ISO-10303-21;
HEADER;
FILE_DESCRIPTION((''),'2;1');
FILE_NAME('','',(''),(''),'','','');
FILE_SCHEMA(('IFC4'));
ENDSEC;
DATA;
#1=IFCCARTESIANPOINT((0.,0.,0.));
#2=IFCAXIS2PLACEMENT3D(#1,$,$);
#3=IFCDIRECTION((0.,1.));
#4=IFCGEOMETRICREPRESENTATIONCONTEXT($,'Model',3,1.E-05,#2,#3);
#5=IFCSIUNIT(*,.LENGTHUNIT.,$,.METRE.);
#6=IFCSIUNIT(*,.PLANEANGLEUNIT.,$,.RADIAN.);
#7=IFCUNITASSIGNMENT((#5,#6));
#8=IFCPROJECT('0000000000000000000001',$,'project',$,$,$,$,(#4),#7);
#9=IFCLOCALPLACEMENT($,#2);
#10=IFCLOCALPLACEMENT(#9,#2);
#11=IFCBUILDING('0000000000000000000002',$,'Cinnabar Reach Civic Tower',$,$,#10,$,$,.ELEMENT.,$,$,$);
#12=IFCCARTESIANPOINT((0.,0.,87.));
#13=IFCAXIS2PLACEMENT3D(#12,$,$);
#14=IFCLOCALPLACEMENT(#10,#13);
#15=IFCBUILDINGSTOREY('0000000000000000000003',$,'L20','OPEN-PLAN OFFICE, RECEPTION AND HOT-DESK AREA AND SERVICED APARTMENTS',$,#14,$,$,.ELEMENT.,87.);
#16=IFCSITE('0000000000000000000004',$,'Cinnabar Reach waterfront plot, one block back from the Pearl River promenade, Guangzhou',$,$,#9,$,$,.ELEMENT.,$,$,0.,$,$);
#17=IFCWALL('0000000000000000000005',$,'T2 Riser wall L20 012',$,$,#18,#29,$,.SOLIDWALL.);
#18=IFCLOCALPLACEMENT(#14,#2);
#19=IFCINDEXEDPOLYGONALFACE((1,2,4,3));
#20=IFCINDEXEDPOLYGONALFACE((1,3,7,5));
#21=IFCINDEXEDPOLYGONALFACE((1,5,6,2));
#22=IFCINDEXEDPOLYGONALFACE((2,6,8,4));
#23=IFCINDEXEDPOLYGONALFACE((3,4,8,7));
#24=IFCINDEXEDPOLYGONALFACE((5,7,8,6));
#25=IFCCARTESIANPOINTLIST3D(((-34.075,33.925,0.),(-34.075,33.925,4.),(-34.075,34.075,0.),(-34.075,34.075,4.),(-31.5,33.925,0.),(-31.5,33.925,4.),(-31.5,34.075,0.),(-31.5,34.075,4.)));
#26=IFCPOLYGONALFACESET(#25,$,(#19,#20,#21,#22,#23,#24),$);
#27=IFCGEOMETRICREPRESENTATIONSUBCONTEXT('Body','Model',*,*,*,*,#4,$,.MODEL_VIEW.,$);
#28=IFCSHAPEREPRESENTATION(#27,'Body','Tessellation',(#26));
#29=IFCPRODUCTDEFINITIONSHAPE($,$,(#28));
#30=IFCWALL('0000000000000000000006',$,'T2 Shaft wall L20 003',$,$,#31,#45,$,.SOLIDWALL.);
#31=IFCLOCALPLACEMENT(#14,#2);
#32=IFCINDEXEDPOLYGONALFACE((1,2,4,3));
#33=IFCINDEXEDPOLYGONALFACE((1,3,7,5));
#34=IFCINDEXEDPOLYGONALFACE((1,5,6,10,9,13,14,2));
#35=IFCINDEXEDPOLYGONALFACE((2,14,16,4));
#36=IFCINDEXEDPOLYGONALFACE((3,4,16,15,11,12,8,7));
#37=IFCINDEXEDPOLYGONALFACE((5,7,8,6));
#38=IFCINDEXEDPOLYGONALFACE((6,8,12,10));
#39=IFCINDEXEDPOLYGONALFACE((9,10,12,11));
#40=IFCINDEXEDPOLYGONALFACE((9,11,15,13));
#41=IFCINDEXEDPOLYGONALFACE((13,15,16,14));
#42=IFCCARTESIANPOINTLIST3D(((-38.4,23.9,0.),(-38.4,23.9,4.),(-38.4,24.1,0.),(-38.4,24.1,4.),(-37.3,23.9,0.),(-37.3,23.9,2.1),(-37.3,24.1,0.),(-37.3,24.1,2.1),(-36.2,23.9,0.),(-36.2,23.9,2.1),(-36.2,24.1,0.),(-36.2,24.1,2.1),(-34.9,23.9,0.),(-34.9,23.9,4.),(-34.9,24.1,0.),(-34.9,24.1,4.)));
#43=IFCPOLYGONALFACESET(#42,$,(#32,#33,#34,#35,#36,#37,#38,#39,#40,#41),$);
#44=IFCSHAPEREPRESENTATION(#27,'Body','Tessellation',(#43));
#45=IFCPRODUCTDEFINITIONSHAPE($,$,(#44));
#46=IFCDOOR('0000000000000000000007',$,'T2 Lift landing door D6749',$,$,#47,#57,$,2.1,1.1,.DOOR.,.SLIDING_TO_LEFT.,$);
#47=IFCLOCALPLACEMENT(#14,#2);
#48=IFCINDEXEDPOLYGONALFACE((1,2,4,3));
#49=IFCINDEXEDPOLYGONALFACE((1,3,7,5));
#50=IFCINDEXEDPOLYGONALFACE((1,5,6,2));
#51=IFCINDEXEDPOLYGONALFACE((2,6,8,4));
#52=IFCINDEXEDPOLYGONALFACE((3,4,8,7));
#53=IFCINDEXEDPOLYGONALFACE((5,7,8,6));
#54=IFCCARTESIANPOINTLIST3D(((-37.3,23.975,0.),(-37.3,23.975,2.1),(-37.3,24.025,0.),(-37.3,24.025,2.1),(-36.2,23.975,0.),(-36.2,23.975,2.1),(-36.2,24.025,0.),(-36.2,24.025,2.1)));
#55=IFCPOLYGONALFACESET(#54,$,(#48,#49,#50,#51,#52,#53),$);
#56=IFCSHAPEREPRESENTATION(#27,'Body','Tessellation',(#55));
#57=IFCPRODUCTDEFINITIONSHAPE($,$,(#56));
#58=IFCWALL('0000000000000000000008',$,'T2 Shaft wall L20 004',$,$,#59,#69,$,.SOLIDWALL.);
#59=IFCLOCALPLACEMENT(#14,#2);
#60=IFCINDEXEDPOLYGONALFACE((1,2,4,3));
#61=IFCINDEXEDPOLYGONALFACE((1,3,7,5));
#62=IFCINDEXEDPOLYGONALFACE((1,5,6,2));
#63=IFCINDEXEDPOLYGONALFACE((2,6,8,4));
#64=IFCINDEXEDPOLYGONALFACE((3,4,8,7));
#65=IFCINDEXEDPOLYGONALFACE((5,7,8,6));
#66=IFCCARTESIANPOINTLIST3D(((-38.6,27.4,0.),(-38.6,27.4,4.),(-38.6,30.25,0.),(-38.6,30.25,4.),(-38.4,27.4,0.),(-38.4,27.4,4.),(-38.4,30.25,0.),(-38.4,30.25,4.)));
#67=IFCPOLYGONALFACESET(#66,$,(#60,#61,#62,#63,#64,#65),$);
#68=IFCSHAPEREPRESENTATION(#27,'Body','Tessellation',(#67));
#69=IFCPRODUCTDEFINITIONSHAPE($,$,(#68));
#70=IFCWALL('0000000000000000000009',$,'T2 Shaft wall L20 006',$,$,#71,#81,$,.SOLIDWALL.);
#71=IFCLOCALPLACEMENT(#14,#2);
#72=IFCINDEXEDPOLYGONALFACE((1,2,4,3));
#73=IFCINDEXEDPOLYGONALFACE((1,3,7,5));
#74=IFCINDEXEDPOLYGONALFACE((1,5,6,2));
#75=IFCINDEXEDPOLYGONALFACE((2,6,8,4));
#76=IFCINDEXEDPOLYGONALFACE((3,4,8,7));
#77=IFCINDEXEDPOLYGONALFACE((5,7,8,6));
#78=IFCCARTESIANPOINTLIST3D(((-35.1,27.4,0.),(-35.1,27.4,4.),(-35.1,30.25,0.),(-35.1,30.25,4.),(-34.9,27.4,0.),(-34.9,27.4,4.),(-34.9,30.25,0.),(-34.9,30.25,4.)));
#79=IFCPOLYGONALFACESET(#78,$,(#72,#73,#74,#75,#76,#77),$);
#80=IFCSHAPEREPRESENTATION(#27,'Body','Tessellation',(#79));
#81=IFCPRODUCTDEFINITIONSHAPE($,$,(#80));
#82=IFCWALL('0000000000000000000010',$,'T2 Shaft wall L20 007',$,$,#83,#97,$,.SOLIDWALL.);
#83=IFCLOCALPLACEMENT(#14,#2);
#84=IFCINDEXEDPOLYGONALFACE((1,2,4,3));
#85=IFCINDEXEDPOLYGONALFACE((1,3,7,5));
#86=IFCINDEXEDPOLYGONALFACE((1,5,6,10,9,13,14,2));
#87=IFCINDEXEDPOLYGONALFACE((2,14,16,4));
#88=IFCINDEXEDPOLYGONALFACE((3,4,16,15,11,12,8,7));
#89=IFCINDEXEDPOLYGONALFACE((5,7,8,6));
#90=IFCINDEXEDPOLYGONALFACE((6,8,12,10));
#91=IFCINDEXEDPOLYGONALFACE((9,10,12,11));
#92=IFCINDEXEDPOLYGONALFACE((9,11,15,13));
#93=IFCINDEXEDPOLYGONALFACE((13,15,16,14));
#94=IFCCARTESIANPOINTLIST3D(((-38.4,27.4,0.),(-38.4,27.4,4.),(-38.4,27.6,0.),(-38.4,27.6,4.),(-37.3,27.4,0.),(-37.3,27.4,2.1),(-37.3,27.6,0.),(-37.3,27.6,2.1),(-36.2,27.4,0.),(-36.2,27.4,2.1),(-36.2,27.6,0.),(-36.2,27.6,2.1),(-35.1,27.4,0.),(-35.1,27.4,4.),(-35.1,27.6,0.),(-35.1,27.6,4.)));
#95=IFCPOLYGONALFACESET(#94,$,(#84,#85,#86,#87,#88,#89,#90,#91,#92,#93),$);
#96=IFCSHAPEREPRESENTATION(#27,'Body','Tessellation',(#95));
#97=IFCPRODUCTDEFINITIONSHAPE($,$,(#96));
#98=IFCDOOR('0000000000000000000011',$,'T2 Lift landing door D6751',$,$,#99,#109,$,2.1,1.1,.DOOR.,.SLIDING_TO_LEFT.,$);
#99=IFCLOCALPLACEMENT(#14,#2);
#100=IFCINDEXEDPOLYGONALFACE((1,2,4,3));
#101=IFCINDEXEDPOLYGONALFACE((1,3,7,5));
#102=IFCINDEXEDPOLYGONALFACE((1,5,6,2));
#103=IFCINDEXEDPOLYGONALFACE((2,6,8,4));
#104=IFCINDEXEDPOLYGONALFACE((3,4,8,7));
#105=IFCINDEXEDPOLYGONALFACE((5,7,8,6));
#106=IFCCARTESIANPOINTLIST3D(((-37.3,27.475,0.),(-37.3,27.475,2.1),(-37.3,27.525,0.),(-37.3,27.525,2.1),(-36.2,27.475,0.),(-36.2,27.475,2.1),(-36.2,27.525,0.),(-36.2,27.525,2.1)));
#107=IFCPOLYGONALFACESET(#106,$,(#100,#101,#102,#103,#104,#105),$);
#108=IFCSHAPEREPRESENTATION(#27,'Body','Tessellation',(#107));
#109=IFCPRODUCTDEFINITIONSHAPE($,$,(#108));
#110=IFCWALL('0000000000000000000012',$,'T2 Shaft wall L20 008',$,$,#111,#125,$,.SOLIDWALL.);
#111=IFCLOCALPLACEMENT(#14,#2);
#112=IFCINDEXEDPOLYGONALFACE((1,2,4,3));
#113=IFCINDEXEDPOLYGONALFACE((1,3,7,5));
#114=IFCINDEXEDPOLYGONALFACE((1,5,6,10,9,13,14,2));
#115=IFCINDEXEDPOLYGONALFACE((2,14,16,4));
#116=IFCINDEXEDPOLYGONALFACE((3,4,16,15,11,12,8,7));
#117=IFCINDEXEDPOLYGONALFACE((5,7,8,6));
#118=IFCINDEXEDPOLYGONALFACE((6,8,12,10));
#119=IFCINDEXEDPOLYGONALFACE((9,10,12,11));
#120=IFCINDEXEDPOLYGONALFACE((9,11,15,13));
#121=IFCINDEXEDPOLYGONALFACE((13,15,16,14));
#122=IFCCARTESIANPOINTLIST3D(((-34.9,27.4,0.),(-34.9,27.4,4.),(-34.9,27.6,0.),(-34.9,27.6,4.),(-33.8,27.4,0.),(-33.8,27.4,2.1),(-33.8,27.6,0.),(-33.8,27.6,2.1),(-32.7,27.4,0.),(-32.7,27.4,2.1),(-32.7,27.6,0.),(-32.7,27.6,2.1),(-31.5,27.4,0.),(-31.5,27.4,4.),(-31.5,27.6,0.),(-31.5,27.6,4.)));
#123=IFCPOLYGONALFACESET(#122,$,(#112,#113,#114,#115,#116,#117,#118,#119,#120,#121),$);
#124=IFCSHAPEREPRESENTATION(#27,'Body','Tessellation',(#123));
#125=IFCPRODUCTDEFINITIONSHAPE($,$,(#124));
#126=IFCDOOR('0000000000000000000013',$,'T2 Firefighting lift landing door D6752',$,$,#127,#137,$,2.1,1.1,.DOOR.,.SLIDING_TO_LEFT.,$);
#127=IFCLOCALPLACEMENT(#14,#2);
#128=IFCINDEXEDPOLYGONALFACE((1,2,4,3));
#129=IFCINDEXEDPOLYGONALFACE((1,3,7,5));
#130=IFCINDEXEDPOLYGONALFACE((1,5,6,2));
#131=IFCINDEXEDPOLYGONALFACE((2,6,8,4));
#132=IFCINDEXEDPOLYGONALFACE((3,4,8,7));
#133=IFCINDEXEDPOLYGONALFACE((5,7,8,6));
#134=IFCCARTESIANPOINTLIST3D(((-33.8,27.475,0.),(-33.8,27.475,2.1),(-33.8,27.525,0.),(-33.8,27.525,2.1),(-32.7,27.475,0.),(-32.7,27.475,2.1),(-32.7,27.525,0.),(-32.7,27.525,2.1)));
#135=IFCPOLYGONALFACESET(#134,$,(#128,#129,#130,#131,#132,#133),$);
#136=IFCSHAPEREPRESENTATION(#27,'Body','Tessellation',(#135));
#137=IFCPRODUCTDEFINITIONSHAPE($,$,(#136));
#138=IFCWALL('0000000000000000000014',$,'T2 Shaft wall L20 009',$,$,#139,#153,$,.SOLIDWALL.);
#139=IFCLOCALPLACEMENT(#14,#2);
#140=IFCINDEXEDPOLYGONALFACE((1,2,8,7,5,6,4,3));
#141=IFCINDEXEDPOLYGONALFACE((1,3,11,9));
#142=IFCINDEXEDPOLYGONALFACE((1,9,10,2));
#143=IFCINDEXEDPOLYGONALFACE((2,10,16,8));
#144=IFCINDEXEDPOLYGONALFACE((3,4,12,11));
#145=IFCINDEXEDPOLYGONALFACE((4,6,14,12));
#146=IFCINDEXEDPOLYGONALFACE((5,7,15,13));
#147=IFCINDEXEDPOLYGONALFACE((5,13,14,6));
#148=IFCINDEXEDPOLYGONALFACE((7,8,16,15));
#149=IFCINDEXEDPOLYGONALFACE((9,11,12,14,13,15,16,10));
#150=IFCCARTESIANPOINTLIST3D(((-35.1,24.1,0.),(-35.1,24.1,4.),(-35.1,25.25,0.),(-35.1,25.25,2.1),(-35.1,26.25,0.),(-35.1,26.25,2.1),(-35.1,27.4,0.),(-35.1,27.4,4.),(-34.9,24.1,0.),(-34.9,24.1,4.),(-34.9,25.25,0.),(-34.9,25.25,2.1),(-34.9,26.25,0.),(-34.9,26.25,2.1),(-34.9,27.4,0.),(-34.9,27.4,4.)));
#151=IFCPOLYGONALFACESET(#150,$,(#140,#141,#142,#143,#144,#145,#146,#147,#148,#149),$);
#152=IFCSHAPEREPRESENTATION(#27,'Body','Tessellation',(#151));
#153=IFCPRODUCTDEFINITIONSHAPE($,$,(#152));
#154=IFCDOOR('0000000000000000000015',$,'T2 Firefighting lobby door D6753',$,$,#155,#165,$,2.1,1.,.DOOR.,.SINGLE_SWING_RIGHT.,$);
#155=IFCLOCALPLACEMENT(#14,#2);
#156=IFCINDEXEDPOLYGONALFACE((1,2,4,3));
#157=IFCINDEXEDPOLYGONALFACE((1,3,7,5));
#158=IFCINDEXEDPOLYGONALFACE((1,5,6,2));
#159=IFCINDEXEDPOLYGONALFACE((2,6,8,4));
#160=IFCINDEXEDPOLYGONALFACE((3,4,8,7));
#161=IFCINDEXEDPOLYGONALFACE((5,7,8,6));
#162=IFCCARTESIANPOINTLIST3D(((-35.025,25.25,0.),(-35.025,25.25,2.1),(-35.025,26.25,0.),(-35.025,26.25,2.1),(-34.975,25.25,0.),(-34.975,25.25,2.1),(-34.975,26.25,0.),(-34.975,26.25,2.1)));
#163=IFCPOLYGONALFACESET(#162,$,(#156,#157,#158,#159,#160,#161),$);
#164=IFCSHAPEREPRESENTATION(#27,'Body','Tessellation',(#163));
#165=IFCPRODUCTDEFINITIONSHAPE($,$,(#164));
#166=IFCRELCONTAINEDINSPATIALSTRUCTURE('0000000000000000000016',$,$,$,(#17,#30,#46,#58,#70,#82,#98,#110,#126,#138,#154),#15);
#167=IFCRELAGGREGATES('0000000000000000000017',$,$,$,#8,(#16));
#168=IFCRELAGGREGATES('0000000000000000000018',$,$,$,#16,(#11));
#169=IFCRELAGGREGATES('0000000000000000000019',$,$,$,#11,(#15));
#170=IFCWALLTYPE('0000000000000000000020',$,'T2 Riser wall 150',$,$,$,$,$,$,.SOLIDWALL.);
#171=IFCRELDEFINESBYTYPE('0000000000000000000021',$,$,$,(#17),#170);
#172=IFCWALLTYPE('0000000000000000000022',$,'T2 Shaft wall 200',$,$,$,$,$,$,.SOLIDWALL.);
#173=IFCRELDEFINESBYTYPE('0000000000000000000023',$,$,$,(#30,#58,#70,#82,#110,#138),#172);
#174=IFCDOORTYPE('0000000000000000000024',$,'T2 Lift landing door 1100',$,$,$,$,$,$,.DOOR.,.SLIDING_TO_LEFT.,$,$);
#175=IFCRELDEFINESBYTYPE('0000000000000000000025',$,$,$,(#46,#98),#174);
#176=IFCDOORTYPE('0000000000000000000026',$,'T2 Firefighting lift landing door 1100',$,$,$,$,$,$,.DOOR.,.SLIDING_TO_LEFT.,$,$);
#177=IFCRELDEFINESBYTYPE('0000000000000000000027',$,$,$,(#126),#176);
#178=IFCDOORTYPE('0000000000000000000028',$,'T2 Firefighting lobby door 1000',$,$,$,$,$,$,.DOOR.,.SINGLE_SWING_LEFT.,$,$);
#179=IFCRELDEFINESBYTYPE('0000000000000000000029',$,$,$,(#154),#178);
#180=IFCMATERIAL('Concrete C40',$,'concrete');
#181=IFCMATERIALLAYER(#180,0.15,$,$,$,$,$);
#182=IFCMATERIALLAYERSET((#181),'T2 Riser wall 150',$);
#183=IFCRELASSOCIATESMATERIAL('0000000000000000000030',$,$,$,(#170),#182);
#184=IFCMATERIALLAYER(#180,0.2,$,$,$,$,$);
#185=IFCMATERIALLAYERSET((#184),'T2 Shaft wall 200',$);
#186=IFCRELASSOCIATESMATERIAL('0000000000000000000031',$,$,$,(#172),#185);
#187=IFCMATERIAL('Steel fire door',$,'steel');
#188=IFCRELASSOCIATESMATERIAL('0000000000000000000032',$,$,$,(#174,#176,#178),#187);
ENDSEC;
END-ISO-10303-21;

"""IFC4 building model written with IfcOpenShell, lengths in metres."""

from ifc_helpers import new_model, si_unit, direction, frame, frame_2d, origin, place, context, subcontext, project, spatial, rectangle, extrude, material, layer, layer_set, type_object, element, fill, save


model = new_model("IFC4")

# Units and contexts
model_context = context("Model", 3, precision=1e-05, world=origin(), true_north=direction((0.0, 1.0)))
body_context = subcontext(model_context, "Body", "Model", "MODEL_VIEW")
ifc_project = project(units=[si_unit("LENGTHUNIT", "METRE"), si_unit("PLANEANGLEUNIT", "RADIAN")], contexts=[model_context])

# Site, building, storey
site_placement = place(None, origin())
site = spatial("IfcSite", under=ifc_project, at=site_placement, Name="Cinnabar Reach waterfront plot, one block back from the Pearl River promenade, Guangzhou", CompositionType="ELEMENT", RefElevation=0.0)
building_placement = place(site_placement, origin())
building = spatial("IfcBuilding", under=site, at=building_placement, Name="Cinnabar Reach Civic Tower", CompositionType="ELEMENT")
storey_placement = place(building_placement, frame((0.0, 0.0, 87.0)))
storey = spatial("IfcBuildingStorey", under=building, at=storey_placement, Name="L20", Description="OPEN-PLAN OFFICE, RECEPTION AND HOT-DESK AREA AND SERVICED APARTMENTS", CompositionType="ELEMENT", Elevation=87.0)

# Shared definitions
ifc_material_1 = material(Name="Steel fire door", Category="steel")

# Wall
ifc_material_2 = material(Name="Concrete C40", Category="concrete")
ifc_layer_1 = layer(ifc_material_2, 0.15)
ifc_layer_set_1 = layer_set([ifc_layer_1], Name="T2 Riser wall 150")
wall_type_1 = type_object("IfcWallType", Name="T2 Riser wall 150", PredefinedType="SOLIDWALL", material=ifc_layer_set_1)
wall_1_placement = place(storey_placement, frame((-34.075, 34.0, 0.0), z_axis=(0.0, 0.0, 1.0), x_axis=(1.0, 0.0, 0.0)))
element("IfcWall", 1, at=wall_1_placement, inside=storey, type_object=wall_type_1, Name="T2 Riser wall L20 012", PredefinedType="SOLIDWALL", context=body_context, shape_type="SweptSolid", body=[
    extrude(rectangle(XDim=2.575, YDim=0.15, at=frame_2d((1.2875, 0.0))), origin(), (0.0, 0.0, 1.0), 4.0),
])

# Wall, opening, door
ifc_layer_2 = layer(ifc_material_2, 0.2)
ifc_layer_set_2 = layer_set([ifc_layer_2], Name="T2 Shaft wall 200")
wall_type_2 = type_object("IfcWallType", Name="T2 Shaft wall 200", PredefinedType="SOLIDWALL", material=ifc_layer_set_2)
wall_2_placement = place(storey_placement, frame((-34.9, 24.0, 0.0), z_axis=(0.0, 0.0, 1.0), x_axis=(-1.0, 0.0, 0.0)))
wall_2 = element("IfcWall", 2, at=wall_2_placement, inside=storey, type_object=wall_type_2, Name="T2 Shaft wall L20 003", PredefinedType="SOLIDWALL", context=body_context, shape_type="SweptSolid", body=[
    extrude(rectangle(XDim=3.5, YDim=0.2, at=frame_2d((1.75, 0.0))), origin(), (0.0, 0.0, 1.0), 4.0),
])
opening_1_placement = place(wall_2_placement, frame((1.3, 0.0, 0.0)))
opening_1 = element("IfcOpeningElement", 3, at=opening_1_placement, cuts=wall_2, PredefinedType="OPENING", context=body_context, shape_type="SweptSolid", body=[
    extrude(rectangle(XDim=1.1, YDim=2.1, at=frame_2d((0.55, 1.05))), frame((0.0, 0.11, 0.0), z_axis=(0.0, -1.0, 0.0), x_axis=(1.0, 0.0, 0.0)), (0.0, 0.0, 1.0), 0.22),
])
door_type_1 = type_object("IfcDoorType", Name="T2 Lift landing door 1100", OperationType="SLIDING_TO_LEFT", PredefinedType="DOOR", material=ifc_material_1)
door_1_placement = place(opening_1_placement, origin())
door_1 = element("IfcDoor", 4, at=door_1_placement, inside=storey, type_object=door_type_1, Name="T2 Lift landing door D6749", OperationType="SLIDING_TO_LEFT", OverallHeight=2.1, OverallWidth=1.1, PredefinedType="DOOR", context=body_context, shape_type="SweptSolid", body=[
    extrude(rectangle(XDim=1.1, YDim=2.1, at=frame_2d((0.55, 1.05))), frame((0.0, 0.025, 0.0), z_axis=(0.0, -1.0, 0.0), x_axis=(1.0, 0.0, 0.0)), (0.0, 0.0, 1.0), 0.05),
])
fill(opening_1, door_1)

# Walls
for number, where, z_axis, x_axis, name in (
    (5, (-38.5, 27.4, 0.0), (0.0, 0.0, 1.0), (0.0, 1.0, 0.0), "T2 Shaft wall L20 004"),
    (6, (-35.0, 27.4, 0.0), (0.0, 0.0, 1.0), (0.0, 1.0, 0.0), "T2 Shaft wall L20 006"),
):
    element("IfcWall", number, at=place(storey_placement, frame(where, z_axis=z_axis, x_axis=x_axis)), inside=storey, type_object=wall_type_2, Name=name, PredefinedType="SOLIDWALL", context=body_context, shape_type="SweptSolid", body=[
        extrude(rectangle(XDim=2.85, YDim=0.2, at=frame_2d((1.425, 0.0))), origin(), (0.0, 0.0, 1.0), 4.0),
    ])

# Walls, openings, doors
wall_3_placement = place(storey_placement, frame((-38.4, 27.5, 0.0), z_axis=(0.0, 0.0, 1.0), x_axis=(1.0, 0.0, 0.0)))
wall_3 = element("IfcWall", 7, at=wall_3_placement, inside=storey, type_object=wall_type_2, Name="T2 Shaft wall L20 007", PredefinedType="SOLIDWALL", context=body_context, shape_type="SweptSolid", body=[
    extrude(rectangle(XDim=3.3, YDim=0.2, at=frame_2d((1.65, 0.0))), origin(), (0.0, 0.0, 1.0), 4.0),
])
opening_2_placement = place(wall_3_placement, frame((1.1, 0.0, 0.0)))
opening_2 = element("IfcOpeningElement", 8, at=opening_2_placement, cuts=wall_3, PredefinedType="OPENING", context=body_context, shape_type="SweptSolid", body=[
    extrude(rectangle(XDim=1.1, YDim=2.1, at=frame_2d((0.55, 1.05))), frame((0.0, 0.11, 0.0), z_axis=(0.0, -1.0, 0.0), x_axis=(1.0, 0.0, 0.0)), (0.0, 0.0, 1.0), 0.22),
])
door_2_placement = place(opening_2_placement, origin())
door_2 = element("IfcDoor", 9, at=door_2_placement, inside=storey, type_object=door_type_1, Name="T2 Lift landing door D6751", OperationType="SLIDING_TO_LEFT", OverallHeight=2.1, OverallWidth=1.1, PredefinedType="DOOR", context=body_context, shape_type="SweptSolid", body=[
    extrude(rectangle(XDim=1.1, YDim=2.1, at=frame_2d((0.55, 1.05))), frame((0.0, 0.025, 0.0), z_axis=(0.0, -1.0, 0.0), x_axis=(1.0, 0.0, 0.0)), (0.0, 0.0, 1.0), 0.05),
])
fill(opening_2, door_2)
wall_4_placement = place(storey_placement, frame((-34.9, 27.5, 0.0), z_axis=(0.0, 0.0, 1.0), x_axis=(1.0, 0.0, 0.0)))
wall_4 = element("IfcWall", 10, at=wall_4_placement, inside=storey, type_object=wall_type_2, Name="T2 Shaft wall L20 008", PredefinedType="SOLIDWALL", context=body_context, shape_type="SweptSolid", body=[
    extrude(rectangle(XDim=3.4, YDim=0.2, at=frame_2d((1.7, 0.0))), origin(), (0.0, 0.0, 1.0), 4.0),
])
opening_3_placement = place(wall_4_placement, frame((1.1, 0.0, 0.0)))
opening_3 = element("IfcOpeningElement", 11, at=opening_3_placement, cuts=wall_4, PredefinedType="OPENING", context=body_context, shape_type="SweptSolid", body=[
    extrude(rectangle(XDim=1.1, YDim=2.1, at=frame_2d((0.55, 1.05))), frame((0.0, 0.11, 0.0), z_axis=(0.0, -1.0, 0.0), x_axis=(1.0, 0.0, 0.0)), (0.0, 0.0, 1.0), 0.22),
])
door_type_2 = type_object("IfcDoorType", Name="T2 Firefighting lift landing door 1100", OperationType="SLIDING_TO_LEFT", PredefinedType="DOOR", material=ifc_material_1)
door_3_placement = place(opening_3_placement, origin())
door_3 = element("IfcDoor", 12, at=door_3_placement, inside=storey, type_object=door_type_2, Name="T2 Firefighting lift landing door D6752", OperationType="SLIDING_TO_LEFT", OverallHeight=2.1, OverallWidth=1.1, PredefinedType="DOOR", context=body_context, shape_type="SweptSolid", body=[
    extrude(rectangle(XDim=1.1, YDim=2.1, at=frame_2d((0.55, 1.05))), frame((0.0, 0.025, 0.0), z_axis=(0.0, -1.0, 0.0), x_axis=(1.0, 0.0, 0.0)), (0.0, 0.0, 1.0), 0.05),
])
fill(opening_3, door_3)
wall_5_placement = place(storey_placement, frame((-35.0, 24.1, 0.0), z_axis=(0.0, 0.0, 1.0), x_axis=(0.0, 1.0, 0.0)))
wall_5 = element("IfcWall", 13, at=wall_5_placement, inside=storey, type_object=wall_type_2, Name="T2 Shaft wall L20 009", PredefinedType="SOLIDWALL", context=body_context, shape_type="SweptSolid", body=[
    extrude(rectangle(XDim=3.3, YDim=0.2, at=frame_2d((1.65, 0.0))), origin(), (0.0, 0.0, 1.0), 4.0),
])
opening_4_placement = place(wall_5_placement, frame((1.15, 0.0, 0.0)))
opening_4 = element("IfcOpeningElement", 14, at=opening_4_placement, cuts=wall_5, PredefinedType="OPENING", context=body_context, shape_type="SweptSolid", body=[
    extrude(rectangle(XDim=1.0, YDim=2.1, at=frame_2d((0.5, 1.05))), frame((0.0, 0.11, 0.0), z_axis=(0.0, -1.0, 0.0), x_axis=(1.0, 0.0, 0.0)), (0.0, 0.0, 1.0), 0.22),
])
door_type_3 = type_object("IfcDoorType", Name="T2 Firefighting lobby door 1000", OperationType="SINGLE_SWING_LEFT", PredefinedType="DOOR", material=ifc_material_1)
door_4_placement = place(opening_4_placement, origin())
door_4 = element("IfcDoor", 15, at=door_4_placement, inside=storey, type_object=door_type_3, Name="T2 Firefighting lobby door D6753", OperationType="SINGLE_SWING_RIGHT", OverallHeight=2.1, OverallWidth=1.0, PredefinedType="DOOR", context=body_context, shape_type="SweptSolid", body=[
    extrude(rectangle(XDim=1.0, YDim=2.1, at=frame_2d((0.5, 1.05))), frame((0.0, 0.025, 0.0), z_axis=(0.0, -1.0, 0.0), x_axis=(1.0, 0.0, 0.0)), (0.0, 0.0, 1.0), 0.05),
])
fill(opening_4, door_4)

save(model, "model.ifc")
